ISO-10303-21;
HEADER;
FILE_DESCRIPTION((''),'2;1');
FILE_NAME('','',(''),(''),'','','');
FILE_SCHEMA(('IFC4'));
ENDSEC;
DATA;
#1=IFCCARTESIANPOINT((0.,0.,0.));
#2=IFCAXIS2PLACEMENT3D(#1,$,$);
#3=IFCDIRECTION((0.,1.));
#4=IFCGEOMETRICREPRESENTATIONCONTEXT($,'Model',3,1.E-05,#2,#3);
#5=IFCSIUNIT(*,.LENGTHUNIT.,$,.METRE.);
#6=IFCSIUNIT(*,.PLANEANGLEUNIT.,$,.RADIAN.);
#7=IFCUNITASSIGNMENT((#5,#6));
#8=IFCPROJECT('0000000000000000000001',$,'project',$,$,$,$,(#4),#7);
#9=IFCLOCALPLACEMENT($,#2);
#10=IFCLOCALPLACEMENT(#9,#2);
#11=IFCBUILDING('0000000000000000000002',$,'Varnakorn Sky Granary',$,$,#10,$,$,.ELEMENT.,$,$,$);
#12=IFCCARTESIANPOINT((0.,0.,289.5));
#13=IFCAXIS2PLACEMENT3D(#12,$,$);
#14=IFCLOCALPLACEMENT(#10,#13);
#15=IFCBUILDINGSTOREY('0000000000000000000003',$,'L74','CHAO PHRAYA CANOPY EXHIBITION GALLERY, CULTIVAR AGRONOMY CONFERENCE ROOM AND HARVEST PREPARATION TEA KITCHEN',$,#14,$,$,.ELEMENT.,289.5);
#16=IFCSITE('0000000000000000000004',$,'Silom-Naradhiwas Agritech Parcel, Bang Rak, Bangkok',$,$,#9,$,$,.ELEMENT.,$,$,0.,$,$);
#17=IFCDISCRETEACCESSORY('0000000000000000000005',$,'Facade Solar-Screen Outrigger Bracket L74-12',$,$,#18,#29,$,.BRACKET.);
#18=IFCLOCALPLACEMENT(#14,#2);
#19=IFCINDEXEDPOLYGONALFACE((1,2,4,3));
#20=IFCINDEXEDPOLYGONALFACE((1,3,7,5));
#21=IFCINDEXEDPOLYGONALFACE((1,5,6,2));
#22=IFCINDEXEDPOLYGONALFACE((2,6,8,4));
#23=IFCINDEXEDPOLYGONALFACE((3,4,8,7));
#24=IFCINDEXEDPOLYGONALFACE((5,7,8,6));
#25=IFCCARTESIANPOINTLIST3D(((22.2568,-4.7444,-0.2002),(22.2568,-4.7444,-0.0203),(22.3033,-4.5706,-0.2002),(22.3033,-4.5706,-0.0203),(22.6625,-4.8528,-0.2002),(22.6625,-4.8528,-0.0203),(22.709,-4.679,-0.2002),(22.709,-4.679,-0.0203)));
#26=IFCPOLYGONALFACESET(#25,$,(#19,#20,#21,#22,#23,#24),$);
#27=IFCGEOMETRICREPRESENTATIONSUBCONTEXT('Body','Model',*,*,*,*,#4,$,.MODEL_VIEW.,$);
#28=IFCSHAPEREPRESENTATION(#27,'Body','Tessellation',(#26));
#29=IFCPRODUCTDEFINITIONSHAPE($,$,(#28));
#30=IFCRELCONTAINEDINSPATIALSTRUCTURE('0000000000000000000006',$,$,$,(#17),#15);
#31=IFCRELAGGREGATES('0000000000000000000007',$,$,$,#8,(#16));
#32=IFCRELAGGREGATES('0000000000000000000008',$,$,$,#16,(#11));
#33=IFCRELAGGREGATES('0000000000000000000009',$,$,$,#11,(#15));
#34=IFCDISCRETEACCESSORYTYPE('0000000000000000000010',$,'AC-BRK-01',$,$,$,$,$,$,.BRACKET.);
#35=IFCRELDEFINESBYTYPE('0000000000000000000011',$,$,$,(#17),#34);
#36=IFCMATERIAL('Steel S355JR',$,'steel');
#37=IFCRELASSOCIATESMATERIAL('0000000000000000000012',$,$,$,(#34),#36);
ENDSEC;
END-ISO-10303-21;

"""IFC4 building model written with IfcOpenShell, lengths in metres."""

from ifc_helpers import new_model, si_unit, direction, frame, origin, origin_2d, place, context, subcontext, project, spatial, rectangle, extrude, source, transform, mapped, material, type_object, type_shapes, element, save


model = new_model("IFC4")

# Units and contexts
model_context = context("Model", 3, precision=1e-05, world=origin(), true_north=direction((0.0, 1.0)))
body_context = subcontext(model_context, "Body", "Model", "MODEL_VIEW")
ifc_project = project(units=[si_unit("LENGTHUNIT", "METRE"), si_unit("PLANEANGLEUNIT", "RADIAN")], contexts=[model_context])

# Site, building, storey
site_placement = place(None, origin())
site = spatial("IfcSite", under=ifc_project, at=site_placement, Name="Silom-Naradhiwas Agritech Parcel, Bang Rak, Bangkok", CompositionType="ELEMENT", RefElevation=0.0)
building_placement = place(site_placement, origin())
building = spatial("IfcBuilding", under=site, at=building_placement, Name="Varnakorn Sky Granary", CompositionType="ELEMENT")
storey_placement = place(building_placement, frame((0.0, 0.0, 289.5)))
storey = spatial("IfcBuildingStorey", under=building, at=storey_placement, Name="L74", Description="CHAO PHRAYA CANOPY EXHIBITION GALLERY, CULTIVAR AGRONOMY CONFERENCE ROOM AND HARVEST PREPARATION TEA KITCHEN", CompositionType="ELEMENT", Elevation=289.5)

# Shared definitions
ifc_material_1 = material(Name="Steel S355JR", Category="steel")

# Discrete accessory
discrete_accessory_type = type_object("IfcDiscreteAccessoryType", Name="AC-BRK-01", PredefinedType="BRACKET", material=ifc_material_1)
shared_shape_1 = source(origin(), body_context, "Body", "SweptSolid", [
    extrude(rectangle(XDim=0.1799, YDim=0.4199, at=origin_2d()), origin(), (0.0, 0.0, 1.0), 0.1799),
])
type_shapes(discrete_accessory_type, [shared_shape_1])
discrete_accessory_placement = place(storey_placement, frame((22.4829, -4.7117, -0.2002), z_axis=(0.0, 0.0, 1.0), x_axis=(0.25815, 0.966105, 0.0)))
element("IfcDiscreteAccessory", 1, at=discrete_accessory_placement, inside=storey, type_object=discrete_accessory_type, Name="Facade Solar-Screen Outrigger Bracket L74-12", PredefinedType="BRACKET", context=body_context, shape_type="MappedRepresentation", body=[
    mapped(shared_shape_1, transform((0.0, 0.0, 0.0), x_axis=(1.0, 0.0, 0.0), y_axis=(0.0, 1.0, 0.0), z_axis=(0.0, 0.0, 1.0), scale=1.0)),
])

save(model, "model.ifc")
